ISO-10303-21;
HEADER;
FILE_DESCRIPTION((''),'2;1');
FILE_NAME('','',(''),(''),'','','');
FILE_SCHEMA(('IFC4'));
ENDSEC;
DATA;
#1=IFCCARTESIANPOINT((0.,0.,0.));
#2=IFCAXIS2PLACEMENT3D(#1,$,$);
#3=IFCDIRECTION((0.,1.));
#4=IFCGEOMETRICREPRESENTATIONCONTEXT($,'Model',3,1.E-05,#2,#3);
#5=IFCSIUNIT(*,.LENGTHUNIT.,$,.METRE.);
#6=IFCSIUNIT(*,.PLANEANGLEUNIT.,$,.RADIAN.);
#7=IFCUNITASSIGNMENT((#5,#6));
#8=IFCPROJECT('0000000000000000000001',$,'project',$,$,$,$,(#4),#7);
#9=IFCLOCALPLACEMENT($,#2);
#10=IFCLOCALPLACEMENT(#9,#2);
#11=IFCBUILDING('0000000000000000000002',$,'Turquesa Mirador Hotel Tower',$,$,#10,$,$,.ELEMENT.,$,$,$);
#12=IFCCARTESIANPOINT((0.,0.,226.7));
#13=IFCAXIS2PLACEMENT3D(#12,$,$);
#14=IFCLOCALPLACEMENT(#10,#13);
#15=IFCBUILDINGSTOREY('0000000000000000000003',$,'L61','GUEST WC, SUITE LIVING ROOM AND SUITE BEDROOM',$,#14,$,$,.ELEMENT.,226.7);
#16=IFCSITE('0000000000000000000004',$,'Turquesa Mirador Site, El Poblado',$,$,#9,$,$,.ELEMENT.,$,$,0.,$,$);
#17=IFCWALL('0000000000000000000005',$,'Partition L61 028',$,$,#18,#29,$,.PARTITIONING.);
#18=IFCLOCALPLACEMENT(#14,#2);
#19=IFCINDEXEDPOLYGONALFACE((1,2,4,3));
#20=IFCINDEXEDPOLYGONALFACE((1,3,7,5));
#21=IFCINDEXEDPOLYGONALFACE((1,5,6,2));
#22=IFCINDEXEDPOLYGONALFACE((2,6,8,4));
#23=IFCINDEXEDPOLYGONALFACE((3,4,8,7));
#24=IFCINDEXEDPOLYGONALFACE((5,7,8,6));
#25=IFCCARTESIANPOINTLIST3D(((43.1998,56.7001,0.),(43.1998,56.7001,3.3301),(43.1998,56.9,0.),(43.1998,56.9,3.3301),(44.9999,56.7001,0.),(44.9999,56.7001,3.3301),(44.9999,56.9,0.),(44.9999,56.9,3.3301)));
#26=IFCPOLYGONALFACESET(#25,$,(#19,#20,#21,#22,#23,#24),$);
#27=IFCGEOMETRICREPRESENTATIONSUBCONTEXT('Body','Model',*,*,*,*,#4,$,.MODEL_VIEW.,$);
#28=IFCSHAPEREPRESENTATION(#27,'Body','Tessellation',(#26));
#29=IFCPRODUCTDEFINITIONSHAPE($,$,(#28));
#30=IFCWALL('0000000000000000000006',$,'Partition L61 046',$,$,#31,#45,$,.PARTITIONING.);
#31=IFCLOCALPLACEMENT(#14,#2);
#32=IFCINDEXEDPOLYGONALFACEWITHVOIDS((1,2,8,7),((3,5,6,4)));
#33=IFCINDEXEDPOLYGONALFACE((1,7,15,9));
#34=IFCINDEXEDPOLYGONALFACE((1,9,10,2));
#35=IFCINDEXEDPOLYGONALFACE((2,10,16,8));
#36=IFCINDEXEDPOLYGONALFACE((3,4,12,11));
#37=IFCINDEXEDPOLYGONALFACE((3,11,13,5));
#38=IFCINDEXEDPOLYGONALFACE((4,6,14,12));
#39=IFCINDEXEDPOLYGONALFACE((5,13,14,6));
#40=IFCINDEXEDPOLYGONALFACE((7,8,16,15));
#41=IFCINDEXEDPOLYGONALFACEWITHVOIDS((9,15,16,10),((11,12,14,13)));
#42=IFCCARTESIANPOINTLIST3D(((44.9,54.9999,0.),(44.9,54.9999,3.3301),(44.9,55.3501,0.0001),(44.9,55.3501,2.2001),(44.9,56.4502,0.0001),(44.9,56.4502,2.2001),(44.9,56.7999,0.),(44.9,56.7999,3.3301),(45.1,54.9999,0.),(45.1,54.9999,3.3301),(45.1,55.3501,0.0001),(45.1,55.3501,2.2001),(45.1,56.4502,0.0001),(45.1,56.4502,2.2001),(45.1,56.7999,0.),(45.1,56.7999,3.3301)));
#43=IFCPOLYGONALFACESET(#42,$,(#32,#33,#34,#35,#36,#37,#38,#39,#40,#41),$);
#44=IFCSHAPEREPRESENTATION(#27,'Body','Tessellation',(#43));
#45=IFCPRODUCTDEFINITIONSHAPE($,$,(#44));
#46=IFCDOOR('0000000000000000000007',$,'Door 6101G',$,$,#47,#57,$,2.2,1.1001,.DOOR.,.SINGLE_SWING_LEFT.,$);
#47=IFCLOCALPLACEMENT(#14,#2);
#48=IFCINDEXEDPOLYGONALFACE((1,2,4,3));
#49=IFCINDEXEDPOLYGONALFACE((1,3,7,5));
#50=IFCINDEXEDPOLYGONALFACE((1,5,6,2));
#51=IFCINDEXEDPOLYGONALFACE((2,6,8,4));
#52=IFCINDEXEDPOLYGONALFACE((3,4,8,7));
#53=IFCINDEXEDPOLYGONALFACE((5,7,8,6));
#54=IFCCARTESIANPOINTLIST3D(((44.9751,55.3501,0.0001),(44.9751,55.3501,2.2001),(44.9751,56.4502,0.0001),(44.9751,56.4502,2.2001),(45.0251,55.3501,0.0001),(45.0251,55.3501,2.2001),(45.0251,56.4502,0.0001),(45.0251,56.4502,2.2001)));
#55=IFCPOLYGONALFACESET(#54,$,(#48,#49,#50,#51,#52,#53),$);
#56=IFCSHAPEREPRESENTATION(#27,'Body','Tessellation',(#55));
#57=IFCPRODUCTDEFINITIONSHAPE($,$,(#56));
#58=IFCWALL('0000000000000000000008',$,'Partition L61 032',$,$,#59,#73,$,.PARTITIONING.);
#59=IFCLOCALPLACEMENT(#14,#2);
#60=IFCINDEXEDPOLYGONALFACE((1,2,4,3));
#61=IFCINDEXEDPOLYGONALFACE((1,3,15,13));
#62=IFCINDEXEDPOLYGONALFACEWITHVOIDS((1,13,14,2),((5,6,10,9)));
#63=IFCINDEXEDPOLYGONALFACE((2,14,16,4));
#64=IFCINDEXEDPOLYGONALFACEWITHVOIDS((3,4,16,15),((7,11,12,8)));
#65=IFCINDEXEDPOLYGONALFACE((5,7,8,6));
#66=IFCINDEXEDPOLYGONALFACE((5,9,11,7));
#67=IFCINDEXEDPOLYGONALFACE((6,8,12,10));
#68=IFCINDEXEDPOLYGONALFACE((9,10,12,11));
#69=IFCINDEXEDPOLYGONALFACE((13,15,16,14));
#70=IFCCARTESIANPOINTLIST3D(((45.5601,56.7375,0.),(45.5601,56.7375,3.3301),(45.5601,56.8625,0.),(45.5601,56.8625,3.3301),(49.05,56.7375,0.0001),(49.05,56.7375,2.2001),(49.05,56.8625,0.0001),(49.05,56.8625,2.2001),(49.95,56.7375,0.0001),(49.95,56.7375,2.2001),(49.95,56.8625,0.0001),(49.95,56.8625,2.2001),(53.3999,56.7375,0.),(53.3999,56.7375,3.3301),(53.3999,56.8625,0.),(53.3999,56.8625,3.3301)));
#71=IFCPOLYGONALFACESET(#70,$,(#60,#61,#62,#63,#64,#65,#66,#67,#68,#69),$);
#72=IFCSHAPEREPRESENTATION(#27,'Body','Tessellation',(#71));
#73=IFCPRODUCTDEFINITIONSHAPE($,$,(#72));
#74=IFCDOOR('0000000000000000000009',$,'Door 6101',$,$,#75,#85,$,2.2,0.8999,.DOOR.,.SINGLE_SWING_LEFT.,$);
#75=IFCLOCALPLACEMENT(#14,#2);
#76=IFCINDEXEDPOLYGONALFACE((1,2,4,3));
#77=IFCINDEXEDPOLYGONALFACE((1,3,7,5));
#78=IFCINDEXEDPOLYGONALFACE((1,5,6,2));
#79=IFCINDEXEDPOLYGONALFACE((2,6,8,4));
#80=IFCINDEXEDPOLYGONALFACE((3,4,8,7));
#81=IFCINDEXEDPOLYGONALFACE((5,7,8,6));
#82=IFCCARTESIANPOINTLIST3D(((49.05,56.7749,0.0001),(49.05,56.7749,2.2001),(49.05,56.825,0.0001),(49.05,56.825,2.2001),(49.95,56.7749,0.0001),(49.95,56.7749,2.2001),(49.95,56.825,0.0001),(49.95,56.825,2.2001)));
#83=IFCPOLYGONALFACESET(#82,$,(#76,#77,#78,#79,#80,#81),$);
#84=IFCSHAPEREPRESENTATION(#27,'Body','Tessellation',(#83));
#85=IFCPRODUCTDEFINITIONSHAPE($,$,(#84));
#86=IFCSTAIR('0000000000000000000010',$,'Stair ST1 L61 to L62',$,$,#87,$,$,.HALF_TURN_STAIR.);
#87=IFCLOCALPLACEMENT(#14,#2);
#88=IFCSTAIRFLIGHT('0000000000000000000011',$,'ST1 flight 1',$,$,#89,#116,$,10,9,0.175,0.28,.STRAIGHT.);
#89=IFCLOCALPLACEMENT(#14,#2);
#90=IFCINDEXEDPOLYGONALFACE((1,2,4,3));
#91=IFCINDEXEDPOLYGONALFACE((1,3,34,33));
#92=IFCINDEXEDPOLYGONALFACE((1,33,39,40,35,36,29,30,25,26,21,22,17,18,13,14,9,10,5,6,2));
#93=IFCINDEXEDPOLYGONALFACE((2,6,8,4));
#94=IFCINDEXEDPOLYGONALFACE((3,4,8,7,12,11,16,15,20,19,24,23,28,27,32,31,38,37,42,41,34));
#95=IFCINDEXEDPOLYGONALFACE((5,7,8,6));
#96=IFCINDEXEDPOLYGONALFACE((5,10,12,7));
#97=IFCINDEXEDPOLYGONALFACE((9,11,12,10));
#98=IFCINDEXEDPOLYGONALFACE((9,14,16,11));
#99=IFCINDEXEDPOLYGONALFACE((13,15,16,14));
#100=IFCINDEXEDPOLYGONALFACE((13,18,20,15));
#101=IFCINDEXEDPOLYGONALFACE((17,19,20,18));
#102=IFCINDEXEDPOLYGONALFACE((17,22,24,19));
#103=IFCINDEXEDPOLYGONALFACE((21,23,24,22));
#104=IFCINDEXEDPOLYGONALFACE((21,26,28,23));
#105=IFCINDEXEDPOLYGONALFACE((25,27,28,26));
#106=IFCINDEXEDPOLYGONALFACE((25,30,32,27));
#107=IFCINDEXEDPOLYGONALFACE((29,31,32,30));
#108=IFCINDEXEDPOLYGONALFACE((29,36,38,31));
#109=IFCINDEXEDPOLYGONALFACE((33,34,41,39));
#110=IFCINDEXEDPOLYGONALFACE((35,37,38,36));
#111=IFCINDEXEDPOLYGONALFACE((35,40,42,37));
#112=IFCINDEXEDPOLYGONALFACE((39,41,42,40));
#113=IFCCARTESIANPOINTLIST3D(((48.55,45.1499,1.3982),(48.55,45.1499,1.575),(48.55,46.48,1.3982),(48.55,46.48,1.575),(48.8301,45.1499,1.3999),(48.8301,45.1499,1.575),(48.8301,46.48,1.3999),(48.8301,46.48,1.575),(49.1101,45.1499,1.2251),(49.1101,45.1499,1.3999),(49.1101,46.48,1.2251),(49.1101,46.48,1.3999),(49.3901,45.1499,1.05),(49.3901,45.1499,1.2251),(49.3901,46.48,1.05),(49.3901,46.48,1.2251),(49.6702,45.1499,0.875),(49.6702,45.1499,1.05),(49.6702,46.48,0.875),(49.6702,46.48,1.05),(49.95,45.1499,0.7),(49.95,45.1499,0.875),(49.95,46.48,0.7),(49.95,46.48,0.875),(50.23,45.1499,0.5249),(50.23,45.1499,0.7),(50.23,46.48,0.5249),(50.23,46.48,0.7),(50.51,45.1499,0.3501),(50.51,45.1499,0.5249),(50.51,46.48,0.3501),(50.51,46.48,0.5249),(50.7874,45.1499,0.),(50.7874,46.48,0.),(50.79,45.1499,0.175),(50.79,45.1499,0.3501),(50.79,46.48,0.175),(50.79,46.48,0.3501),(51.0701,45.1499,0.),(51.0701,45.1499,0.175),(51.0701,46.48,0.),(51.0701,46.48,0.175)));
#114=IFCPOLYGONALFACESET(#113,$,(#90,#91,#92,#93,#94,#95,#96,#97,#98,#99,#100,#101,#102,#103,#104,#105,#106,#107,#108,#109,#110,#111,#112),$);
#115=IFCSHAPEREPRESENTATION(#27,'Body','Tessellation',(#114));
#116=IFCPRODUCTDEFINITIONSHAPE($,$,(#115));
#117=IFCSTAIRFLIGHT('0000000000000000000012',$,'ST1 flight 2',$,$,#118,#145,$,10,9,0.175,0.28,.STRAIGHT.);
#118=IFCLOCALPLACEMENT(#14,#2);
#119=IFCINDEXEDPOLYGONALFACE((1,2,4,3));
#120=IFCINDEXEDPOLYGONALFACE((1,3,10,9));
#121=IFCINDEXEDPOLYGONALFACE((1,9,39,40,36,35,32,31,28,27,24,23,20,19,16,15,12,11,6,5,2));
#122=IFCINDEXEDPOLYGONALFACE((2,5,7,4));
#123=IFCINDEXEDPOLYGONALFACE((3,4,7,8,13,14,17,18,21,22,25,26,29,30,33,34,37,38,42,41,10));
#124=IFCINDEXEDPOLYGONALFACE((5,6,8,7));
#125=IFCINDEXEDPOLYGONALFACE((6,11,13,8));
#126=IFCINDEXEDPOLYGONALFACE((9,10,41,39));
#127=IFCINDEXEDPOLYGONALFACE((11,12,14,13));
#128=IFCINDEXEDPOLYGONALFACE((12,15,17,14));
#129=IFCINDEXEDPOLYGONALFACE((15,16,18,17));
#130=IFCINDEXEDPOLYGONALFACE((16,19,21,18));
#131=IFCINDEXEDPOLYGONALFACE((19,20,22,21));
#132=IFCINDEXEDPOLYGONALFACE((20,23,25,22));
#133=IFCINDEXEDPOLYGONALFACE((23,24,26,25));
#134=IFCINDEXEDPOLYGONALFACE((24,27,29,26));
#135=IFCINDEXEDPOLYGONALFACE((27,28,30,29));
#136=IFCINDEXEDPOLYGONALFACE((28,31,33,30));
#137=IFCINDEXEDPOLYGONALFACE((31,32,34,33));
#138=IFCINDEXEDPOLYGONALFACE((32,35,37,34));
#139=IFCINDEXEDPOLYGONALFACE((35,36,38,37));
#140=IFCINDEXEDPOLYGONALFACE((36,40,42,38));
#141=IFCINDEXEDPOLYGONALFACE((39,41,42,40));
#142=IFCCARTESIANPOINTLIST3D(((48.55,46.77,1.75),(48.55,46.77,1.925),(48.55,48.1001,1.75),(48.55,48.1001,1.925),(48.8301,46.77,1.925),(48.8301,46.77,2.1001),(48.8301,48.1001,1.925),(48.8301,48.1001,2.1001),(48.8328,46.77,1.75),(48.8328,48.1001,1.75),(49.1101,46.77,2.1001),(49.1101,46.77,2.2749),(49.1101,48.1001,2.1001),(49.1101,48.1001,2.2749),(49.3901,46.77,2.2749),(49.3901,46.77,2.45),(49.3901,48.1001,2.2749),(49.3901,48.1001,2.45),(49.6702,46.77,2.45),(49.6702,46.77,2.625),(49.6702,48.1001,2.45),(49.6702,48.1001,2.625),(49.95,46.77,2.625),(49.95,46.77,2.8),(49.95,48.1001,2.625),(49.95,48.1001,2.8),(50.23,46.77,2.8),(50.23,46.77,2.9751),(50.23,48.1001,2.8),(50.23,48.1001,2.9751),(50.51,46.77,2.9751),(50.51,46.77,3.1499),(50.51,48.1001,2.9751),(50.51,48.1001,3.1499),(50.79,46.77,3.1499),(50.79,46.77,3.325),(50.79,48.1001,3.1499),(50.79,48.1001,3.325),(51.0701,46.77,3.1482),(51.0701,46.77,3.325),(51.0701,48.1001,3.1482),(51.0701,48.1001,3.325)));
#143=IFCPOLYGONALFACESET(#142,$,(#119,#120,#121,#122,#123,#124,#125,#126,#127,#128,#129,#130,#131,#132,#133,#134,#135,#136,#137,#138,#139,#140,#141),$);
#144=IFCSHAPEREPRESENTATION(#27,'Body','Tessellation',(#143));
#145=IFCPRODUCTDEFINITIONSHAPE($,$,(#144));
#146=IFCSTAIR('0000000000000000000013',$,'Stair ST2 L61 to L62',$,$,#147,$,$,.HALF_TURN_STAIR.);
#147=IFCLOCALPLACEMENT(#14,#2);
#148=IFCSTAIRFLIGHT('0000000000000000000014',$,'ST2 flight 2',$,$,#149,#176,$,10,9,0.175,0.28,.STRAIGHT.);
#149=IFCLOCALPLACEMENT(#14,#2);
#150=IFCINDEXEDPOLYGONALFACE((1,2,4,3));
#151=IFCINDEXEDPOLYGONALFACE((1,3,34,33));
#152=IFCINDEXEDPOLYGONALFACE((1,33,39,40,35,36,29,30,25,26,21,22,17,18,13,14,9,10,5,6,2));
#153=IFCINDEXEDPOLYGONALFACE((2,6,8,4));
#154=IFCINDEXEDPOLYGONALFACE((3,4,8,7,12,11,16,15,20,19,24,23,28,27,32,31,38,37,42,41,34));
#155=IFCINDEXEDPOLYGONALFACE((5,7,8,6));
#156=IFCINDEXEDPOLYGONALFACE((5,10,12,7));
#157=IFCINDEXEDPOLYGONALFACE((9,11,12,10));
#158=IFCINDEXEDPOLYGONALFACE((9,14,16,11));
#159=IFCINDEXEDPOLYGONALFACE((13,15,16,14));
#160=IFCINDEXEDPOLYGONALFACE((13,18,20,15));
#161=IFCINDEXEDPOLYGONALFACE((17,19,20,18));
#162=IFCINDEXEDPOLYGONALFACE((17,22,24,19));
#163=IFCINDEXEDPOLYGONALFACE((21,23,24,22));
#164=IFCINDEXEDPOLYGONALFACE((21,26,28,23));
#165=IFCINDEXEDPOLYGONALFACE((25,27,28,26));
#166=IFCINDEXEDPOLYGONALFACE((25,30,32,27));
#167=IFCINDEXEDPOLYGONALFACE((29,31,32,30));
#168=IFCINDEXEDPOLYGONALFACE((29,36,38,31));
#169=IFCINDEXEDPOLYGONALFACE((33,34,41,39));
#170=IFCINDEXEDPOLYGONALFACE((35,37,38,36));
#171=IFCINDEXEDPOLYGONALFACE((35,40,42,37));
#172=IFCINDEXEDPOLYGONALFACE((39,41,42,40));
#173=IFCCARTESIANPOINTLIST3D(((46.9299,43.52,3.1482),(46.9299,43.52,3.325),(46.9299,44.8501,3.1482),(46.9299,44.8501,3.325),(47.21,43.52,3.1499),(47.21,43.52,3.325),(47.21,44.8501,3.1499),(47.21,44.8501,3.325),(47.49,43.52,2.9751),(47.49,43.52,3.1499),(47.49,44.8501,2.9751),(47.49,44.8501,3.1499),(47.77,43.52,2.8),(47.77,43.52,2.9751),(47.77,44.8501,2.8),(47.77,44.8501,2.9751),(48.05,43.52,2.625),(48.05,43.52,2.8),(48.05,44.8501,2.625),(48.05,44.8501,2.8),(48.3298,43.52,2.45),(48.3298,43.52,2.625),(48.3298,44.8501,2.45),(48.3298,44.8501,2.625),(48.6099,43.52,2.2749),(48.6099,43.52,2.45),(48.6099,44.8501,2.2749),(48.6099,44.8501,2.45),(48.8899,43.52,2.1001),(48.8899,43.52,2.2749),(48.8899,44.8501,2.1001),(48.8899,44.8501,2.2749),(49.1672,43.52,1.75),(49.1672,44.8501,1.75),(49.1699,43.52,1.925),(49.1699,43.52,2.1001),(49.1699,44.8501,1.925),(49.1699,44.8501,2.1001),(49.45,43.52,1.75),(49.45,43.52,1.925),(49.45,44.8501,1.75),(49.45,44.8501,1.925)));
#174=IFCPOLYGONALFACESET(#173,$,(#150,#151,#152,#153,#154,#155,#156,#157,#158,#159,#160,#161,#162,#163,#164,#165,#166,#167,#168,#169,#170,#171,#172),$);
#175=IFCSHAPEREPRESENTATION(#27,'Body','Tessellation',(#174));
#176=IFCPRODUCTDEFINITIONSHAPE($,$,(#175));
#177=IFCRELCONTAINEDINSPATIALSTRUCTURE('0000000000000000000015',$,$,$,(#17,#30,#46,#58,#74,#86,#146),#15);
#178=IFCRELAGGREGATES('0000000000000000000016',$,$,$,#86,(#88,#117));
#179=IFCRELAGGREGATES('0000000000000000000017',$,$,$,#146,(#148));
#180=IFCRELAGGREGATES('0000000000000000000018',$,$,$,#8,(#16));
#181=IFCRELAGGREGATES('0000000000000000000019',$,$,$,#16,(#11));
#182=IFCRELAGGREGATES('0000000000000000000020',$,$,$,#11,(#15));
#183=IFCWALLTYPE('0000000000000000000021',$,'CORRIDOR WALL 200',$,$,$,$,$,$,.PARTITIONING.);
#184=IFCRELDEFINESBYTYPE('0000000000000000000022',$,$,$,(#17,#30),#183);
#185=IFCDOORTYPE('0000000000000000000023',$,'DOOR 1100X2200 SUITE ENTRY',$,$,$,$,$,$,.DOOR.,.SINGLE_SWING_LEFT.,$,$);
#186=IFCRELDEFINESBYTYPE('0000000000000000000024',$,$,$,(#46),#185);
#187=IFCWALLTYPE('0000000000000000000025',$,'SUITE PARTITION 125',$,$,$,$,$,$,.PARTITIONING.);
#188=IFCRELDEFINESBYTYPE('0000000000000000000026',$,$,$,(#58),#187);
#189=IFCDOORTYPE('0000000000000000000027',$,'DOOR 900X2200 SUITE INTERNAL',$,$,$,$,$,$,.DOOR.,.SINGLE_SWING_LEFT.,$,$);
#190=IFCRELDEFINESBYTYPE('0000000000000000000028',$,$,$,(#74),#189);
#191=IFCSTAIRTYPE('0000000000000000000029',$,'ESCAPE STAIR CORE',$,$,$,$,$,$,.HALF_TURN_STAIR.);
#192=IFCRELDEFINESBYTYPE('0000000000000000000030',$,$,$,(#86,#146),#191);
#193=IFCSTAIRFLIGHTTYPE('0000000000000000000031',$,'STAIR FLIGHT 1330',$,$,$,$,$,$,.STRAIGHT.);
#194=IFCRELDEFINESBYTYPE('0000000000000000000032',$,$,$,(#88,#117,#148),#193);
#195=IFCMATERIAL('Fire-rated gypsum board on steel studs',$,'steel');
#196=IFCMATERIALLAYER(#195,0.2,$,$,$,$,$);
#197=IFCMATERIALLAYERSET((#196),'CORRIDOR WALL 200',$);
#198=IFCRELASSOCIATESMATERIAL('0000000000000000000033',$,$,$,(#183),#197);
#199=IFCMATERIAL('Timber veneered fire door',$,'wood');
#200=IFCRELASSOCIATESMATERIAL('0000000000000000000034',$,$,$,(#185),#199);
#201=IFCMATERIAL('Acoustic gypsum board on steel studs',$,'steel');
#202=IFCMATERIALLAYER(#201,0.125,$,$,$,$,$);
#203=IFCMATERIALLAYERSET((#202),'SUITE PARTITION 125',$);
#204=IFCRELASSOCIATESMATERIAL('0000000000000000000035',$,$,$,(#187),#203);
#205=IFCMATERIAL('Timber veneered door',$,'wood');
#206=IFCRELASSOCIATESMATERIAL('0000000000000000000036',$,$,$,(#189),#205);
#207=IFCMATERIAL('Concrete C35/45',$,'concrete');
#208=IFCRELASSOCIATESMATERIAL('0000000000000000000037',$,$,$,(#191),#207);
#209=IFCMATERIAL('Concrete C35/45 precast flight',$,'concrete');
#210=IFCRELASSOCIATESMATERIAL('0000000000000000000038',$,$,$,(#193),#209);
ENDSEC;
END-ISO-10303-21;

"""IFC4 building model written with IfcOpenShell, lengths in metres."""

from ifc_helpers import new_model, si_unit, direction, frame, frame_2d, origin, place, context, subcontext, project, spatial, polyline, rectangle, outline, extrude, material, layer, layer_set, type_object, element, fill, aggregate, save


model = new_model("IFC4")

# Units and contexts
model_context = context("Model", 3, precision=1e-05, world=origin(), true_north=direction((0.0, 1.0)))
body_context = subcontext(model_context, "Body", "Model", "MODEL_VIEW")
ifc_project = project(units=[si_unit("LENGTHUNIT", "METRE"), si_unit("PLANEANGLEUNIT", "RADIAN")], contexts=[model_context])

# Site, building, storey
site_placement = place(None, origin())
site = spatial("IfcSite", under=ifc_project, at=site_placement, Name="Turquesa Mirador Site, El Poblado", CompositionType="ELEMENT", RefElevation=0.0)
building_placement = place(site_placement, origin())
building = spatial("IfcBuilding", under=site, at=building_placement, Name="Turquesa Mirador Hotel Tower", CompositionType="ELEMENT")
storey_placement = place(building_placement, frame((0.0, 0.0, 226.7)))
storey = spatial("IfcBuildingStorey", under=building, at=storey_placement, Name="L61", Description="GUEST WC, SUITE LIVING ROOM AND SUITE BEDROOM", CompositionType="ELEMENT", Elevation=226.7)

# Wall
ifc_material_1 = material(Name="Fire-rated gypsum board on steel studs", Category="steel")
ifc_layer_1 = layer(ifc_material_1, 0.2)
ifc_layer_set_1 = layer_set([ifc_layer_1], Name="CORRIDOR WALL 200")
wall_type_1 = type_object("IfcWallType", Name="CORRIDOR WALL 200", PredefinedType="PARTITIONING", material=ifc_layer_set_1)
wall_1_placement = place(storey_placement, frame((43.2, 56.8, 0.0), z_axis=(0.0, 0.0, 1.0), x_axis=(1.0, 0.0, 0.0)))
element("IfcWall", 1, at=wall_1_placement, inside=storey, type_object=wall_type_1, Name="Partition L61 028", PredefinedType="PARTITIONING", context=body_context, shape_type="SweptSolid", body=[
    extrude(rectangle(XDim=1.8, YDim=0.2, at=frame_2d((0.8999, 0.0))), origin(), (0.0, 0.0, 1.0), 3.3301),
])

# Walls, openings, doors
wall_2_placement = place(storey_placement, frame((45.0, 55.0, 0.0), z_axis=(0.0, 0.0, 1.0), x_axis=(0.0, 1.0, 0.0)))
wall_2 = element("IfcWall", 2, at=wall_2_placement, inside=storey, type_object=wall_type_1, Name="Partition L61 046", PredefinedType="PARTITIONING", context=body_context, shape_type="SweptSolid", body=[
    extrude(rectangle(XDim=1.8, YDim=0.2, at=frame_2d((0.8999, 0.0))), origin(), (0.0, 0.0, 1.0), 3.3301),
])
opening_1_placement = place(wall_2_placement, frame((0.3501, 0.0, 0.0)))
opening_1 = element("IfcOpeningElement", 3, at=opening_1_placement, cuts=wall_2, PredefinedType="OPENING", context=body_context, shape_type="SweptSolid", body=[
    extrude(rectangle(XDim=1.1001, YDim=2.2, at=frame_2d((0.55, 1.1001))), frame((0.0, 0.1099, 0.0), z_axis=(0.0, -1.0, 0.0), x_axis=(1.0, 0.0, 0.0)), (0.0, 0.0, 1.0), 0.22),
])
ifc_material_2 = material(Name="Timber veneered fire door", Category="wood")
door_type_1 = type_object("IfcDoorType", Name="DOOR 1100X2200 SUITE ENTRY", OperationType="SINGLE_SWING_LEFT", PredefinedType="DOOR", material=ifc_material_2)
door_1_placement = place(opening_1_placement, origin())
door_1 = element("IfcDoor", 4, at=door_1_placement, inside=storey, type_object=door_type_1, Name="Door 6101G", OperationType="SINGLE_SWING_LEFT", OverallHeight=2.2, OverallWidth=1.1001, PredefinedType="DOOR", context=body_context, shape_type="SweptSolid", body=[
    extrude(rectangle(XDim=1.1001, YDim=2.2, at=frame_2d((0.55, 1.1001))), frame((0.0, 0.0249, 0.0), z_axis=(0.0, -1.0, 0.0), x_axis=(1.0, 0.0, 0.0)), (0.0, 0.0, 1.0), 0.05),
])
fill(opening_1, door_1)
ifc_material_3 = material(Name="Acoustic gypsum board on steel studs", Category="steel")
ifc_layer_2 = layer(ifc_material_3, 0.125)
ifc_layer_set_2 = layer_set([ifc_layer_2], Name="SUITE PARTITION 125")
wall_type_2 = type_object("IfcWallType", Name="SUITE PARTITION 125", PredefinedType="PARTITIONING", material=ifc_layer_set_2)
wall_3_placement = place(storey_placement, frame((45.5601, 56.8, 0.0), z_axis=(0.0, 0.0, 1.0), x_axis=(1.0, 0.0, 0.0)))
wall_3 = element("IfcWall", 5, at=wall_3_placement, inside=storey, type_object=wall_type_2, Name="Partition L61 032", PredefinedType="PARTITIONING", context=body_context, shape_type="SweptSolid", body=[
    extrude(rectangle(XDim=7.8398, YDim=0.125, at=frame_2d((3.9199, 0.0))), origin(), (0.0, 0.0, 1.0), 3.3301),
])
opening_2_placement = place(wall_3_placement, frame((3.49, 0.0, 0.0)))
opening_2 = element("IfcOpeningElement", 6, at=opening_2_placement, cuts=wall_3, PredefinedType="OPENING", context=body_context, shape_type="SweptSolid", body=[
    extrude(rectangle(XDim=0.8999, YDim=2.2, at=frame_2d((0.45, 1.1001))), frame((0.0, 0.0725, 0.0), z_axis=(0.0, -1.0, 0.0), x_axis=(1.0, 0.0, 0.0)), (0.0, 0.0, 1.0), 0.145),
])
ifc_material_4 = material(Name="Timber veneered door", Category="wood")
door_type_2 = type_object("IfcDoorType", Name="DOOR 900X2200 SUITE INTERNAL", OperationType="SINGLE_SWING_LEFT", PredefinedType="DOOR", material=ifc_material_4)
door_2_placement = place(opening_2_placement, origin())
door_2 = element("IfcDoor", 7, at=door_2_placement, inside=storey, type_object=door_type_2, Name="Door 6101", OperationType="SINGLE_SWING_LEFT", OverallHeight=2.2, OverallWidth=0.8999, PredefinedType="DOOR", context=body_context, shape_type="SweptSolid", body=[
    extrude(rectangle(XDim=0.8999, YDim=2.2, at=frame_2d((0.45, 1.1001))), frame((0.0, 0.0249, 0.0), z_axis=(0.0, -1.0, 0.0), x_axis=(1.0, 0.0, 0.0)), (0.0, 0.0, 1.0), 0.05),
])
fill(opening_2, door_2)

# Stair, stair flights
ifc_material_5 = material(Name="Concrete C35/45", Category="concrete")
stair_type = type_object("IfcStairType", Name="ESCAPE STAIR CORE", PredefinedType="HALF_TURN_STAIR", material=ifc_material_5)
stair_1_placement = place(storey_placement, origin())
stair_1 = element("IfcStair", 8, at=stair_1_placement, inside=storey, type_object=stair_type, Name="Stair ST1 L61 to L62", PredefinedType="HALF_TURN_STAIR")
ifc_material_6 = material(Name="Concrete C35/45 precast flight", Category="concrete")
stair_flight_type = type_object("IfcStairFlightType", Name="STAIR FLIGHT 1330", PredefinedType="STRAIGHT", material=ifc_material_6)
stair_flight_1_placement = place(storey_placement, frame((51.0701, 45.8149, 0.0), z_axis=(0.0, 0.0, 1.0), x_axis=(-1.0, 0.0, 0.0)))
stair_flight_1 = element("IfcStairFlight", 9, at=stair_flight_1_placement, type_object=stair_flight_type, Name="ST1 flight 1", NumberOfRisers=10, NumberOfTreads=9, PredefinedType="STRAIGHT", RiserHeight=0.175, TreadLength=0.28, context=body_context, shape_type="SweptSolid", body=[
    extrude(outline(polyline([(0.0, 0.0), (0.0, 0.175), (0.28, 0.175), (0.28, 0.3501), (0.5601, 0.3501), (0.5601, 0.5249), (0.8401, 0.5249), (0.8401, 0.7), (1.1201, 0.7), (1.1201, 0.875), (1.3999, 0.875), (1.3999, 1.05), (1.6799, 1.05), (1.6799, 1.2251), (1.96, 1.2251), (1.96, 1.3999), (2.24, 1.3999), (2.24, 1.575), (2.52, 1.575), (2.52, 1.75), (2.52, 1.3982), (0.2827, 0.0), (0.0, 0.0)])), frame((0.0, 0.665, 0.0), z_axis=(0.0, -1.0, 0.0), x_axis=(1.0, 0.0, 0.0)), (0.0, 0.0, 1.0), 1.3301),
])
stair_flight_2_placement = place(storey_placement, frame((48.55, 47.4351, 1.75), z_axis=(0.0, 0.0, 1.0), x_axis=(1.0, 0.0, 0.0)))
stair_flight_2 = element("IfcStairFlight", 10, at=stair_flight_2_placement, type_object=stair_flight_type, Name="ST1 flight 2", NumberOfRisers=10, NumberOfTreads=9, PredefinedType="STRAIGHT", RiserHeight=0.175, TreadLength=0.28, context=body_context, shape_type="SweptSolid", body=[
    extrude(outline(polyline([(0.0, 0.0), (0.0, 0.175), (0.28, 0.175), (0.28, 0.3501), (0.5601, 0.3501), (0.5601, 0.5249), (0.8401, 0.5249), (0.8401, 0.7), (1.1201, 0.7), (1.1201, 0.875), (1.3999, 0.875), (1.3999, 1.05), (1.6799, 1.05), (1.6799, 1.2251), (1.96, 1.2251), (1.96, 1.3999), (2.24, 1.3999), (2.24, 1.575), (2.52, 1.575), (2.52, 1.75), (2.52, 1.3982), (0.2827, 0.0), (0.0, 0.0)])), frame((0.0, 0.665, 0.0), z_axis=(0.0, -1.0, 0.0), x_axis=(1.0, 0.0, 0.0)), (0.0, 0.0, 1.0), 1.3301),
])
aggregate(stair_1, [stair_flight_1, stair_flight_2])

# Stair, stair flight
stair_2_placement = place(storey_placement, origin())
stair_2 = element("IfcStair", 11, at=stair_2_placement, inside=storey, type_object=stair_type, Name="Stair ST2 L61 to L62", PredefinedType="HALF_TURN_STAIR")
stair_flight_3_placement = place(storey_placement, frame((49.45, 44.1851, 1.75), z_axis=(0.0, 0.0, 1.0), x_axis=(-1.0, 0.0, 0.0)))
stair_flight_3 = element("IfcStairFlight", 12, at=stair_flight_3_placement, type_object=stair_flight_type, Name="ST2 flight 2", NumberOfRisers=10, NumberOfTreads=9, PredefinedType="STRAIGHT", RiserHeight=0.175, TreadLength=0.28, context=body_context, shape_type="SweptSolid", body=[
    extrude(outline(polyline([(0.0, 0.0), (0.0, 0.175), (0.28, 0.175), (0.28, 0.3501), (0.5601, 0.3501), (0.5601, 0.5249), (0.8401, 0.5249), (0.8401, 0.7), (1.1201, 0.7), (1.1201, 0.875), (1.3999, 0.875), (1.3999, 1.05), (1.6799, 1.05), (1.6799, 1.2251), (1.96, 1.2251), (1.96, 1.3999), (2.24, 1.3999), (2.24, 1.575), (2.52, 1.575), (2.52, 1.75), (2.52, 1.3982), (0.2827, 0.0), (0.0, 0.0)])), frame((0.0, 0.665, 0.0), z_axis=(0.0, -1.0, 0.0), x_axis=(1.0, 0.0, 0.0)), (0.0, 0.0, 1.0), 1.3301),
])
aggregate(stair_2, [stair_flight_3])

save(model, "model.ifc")
